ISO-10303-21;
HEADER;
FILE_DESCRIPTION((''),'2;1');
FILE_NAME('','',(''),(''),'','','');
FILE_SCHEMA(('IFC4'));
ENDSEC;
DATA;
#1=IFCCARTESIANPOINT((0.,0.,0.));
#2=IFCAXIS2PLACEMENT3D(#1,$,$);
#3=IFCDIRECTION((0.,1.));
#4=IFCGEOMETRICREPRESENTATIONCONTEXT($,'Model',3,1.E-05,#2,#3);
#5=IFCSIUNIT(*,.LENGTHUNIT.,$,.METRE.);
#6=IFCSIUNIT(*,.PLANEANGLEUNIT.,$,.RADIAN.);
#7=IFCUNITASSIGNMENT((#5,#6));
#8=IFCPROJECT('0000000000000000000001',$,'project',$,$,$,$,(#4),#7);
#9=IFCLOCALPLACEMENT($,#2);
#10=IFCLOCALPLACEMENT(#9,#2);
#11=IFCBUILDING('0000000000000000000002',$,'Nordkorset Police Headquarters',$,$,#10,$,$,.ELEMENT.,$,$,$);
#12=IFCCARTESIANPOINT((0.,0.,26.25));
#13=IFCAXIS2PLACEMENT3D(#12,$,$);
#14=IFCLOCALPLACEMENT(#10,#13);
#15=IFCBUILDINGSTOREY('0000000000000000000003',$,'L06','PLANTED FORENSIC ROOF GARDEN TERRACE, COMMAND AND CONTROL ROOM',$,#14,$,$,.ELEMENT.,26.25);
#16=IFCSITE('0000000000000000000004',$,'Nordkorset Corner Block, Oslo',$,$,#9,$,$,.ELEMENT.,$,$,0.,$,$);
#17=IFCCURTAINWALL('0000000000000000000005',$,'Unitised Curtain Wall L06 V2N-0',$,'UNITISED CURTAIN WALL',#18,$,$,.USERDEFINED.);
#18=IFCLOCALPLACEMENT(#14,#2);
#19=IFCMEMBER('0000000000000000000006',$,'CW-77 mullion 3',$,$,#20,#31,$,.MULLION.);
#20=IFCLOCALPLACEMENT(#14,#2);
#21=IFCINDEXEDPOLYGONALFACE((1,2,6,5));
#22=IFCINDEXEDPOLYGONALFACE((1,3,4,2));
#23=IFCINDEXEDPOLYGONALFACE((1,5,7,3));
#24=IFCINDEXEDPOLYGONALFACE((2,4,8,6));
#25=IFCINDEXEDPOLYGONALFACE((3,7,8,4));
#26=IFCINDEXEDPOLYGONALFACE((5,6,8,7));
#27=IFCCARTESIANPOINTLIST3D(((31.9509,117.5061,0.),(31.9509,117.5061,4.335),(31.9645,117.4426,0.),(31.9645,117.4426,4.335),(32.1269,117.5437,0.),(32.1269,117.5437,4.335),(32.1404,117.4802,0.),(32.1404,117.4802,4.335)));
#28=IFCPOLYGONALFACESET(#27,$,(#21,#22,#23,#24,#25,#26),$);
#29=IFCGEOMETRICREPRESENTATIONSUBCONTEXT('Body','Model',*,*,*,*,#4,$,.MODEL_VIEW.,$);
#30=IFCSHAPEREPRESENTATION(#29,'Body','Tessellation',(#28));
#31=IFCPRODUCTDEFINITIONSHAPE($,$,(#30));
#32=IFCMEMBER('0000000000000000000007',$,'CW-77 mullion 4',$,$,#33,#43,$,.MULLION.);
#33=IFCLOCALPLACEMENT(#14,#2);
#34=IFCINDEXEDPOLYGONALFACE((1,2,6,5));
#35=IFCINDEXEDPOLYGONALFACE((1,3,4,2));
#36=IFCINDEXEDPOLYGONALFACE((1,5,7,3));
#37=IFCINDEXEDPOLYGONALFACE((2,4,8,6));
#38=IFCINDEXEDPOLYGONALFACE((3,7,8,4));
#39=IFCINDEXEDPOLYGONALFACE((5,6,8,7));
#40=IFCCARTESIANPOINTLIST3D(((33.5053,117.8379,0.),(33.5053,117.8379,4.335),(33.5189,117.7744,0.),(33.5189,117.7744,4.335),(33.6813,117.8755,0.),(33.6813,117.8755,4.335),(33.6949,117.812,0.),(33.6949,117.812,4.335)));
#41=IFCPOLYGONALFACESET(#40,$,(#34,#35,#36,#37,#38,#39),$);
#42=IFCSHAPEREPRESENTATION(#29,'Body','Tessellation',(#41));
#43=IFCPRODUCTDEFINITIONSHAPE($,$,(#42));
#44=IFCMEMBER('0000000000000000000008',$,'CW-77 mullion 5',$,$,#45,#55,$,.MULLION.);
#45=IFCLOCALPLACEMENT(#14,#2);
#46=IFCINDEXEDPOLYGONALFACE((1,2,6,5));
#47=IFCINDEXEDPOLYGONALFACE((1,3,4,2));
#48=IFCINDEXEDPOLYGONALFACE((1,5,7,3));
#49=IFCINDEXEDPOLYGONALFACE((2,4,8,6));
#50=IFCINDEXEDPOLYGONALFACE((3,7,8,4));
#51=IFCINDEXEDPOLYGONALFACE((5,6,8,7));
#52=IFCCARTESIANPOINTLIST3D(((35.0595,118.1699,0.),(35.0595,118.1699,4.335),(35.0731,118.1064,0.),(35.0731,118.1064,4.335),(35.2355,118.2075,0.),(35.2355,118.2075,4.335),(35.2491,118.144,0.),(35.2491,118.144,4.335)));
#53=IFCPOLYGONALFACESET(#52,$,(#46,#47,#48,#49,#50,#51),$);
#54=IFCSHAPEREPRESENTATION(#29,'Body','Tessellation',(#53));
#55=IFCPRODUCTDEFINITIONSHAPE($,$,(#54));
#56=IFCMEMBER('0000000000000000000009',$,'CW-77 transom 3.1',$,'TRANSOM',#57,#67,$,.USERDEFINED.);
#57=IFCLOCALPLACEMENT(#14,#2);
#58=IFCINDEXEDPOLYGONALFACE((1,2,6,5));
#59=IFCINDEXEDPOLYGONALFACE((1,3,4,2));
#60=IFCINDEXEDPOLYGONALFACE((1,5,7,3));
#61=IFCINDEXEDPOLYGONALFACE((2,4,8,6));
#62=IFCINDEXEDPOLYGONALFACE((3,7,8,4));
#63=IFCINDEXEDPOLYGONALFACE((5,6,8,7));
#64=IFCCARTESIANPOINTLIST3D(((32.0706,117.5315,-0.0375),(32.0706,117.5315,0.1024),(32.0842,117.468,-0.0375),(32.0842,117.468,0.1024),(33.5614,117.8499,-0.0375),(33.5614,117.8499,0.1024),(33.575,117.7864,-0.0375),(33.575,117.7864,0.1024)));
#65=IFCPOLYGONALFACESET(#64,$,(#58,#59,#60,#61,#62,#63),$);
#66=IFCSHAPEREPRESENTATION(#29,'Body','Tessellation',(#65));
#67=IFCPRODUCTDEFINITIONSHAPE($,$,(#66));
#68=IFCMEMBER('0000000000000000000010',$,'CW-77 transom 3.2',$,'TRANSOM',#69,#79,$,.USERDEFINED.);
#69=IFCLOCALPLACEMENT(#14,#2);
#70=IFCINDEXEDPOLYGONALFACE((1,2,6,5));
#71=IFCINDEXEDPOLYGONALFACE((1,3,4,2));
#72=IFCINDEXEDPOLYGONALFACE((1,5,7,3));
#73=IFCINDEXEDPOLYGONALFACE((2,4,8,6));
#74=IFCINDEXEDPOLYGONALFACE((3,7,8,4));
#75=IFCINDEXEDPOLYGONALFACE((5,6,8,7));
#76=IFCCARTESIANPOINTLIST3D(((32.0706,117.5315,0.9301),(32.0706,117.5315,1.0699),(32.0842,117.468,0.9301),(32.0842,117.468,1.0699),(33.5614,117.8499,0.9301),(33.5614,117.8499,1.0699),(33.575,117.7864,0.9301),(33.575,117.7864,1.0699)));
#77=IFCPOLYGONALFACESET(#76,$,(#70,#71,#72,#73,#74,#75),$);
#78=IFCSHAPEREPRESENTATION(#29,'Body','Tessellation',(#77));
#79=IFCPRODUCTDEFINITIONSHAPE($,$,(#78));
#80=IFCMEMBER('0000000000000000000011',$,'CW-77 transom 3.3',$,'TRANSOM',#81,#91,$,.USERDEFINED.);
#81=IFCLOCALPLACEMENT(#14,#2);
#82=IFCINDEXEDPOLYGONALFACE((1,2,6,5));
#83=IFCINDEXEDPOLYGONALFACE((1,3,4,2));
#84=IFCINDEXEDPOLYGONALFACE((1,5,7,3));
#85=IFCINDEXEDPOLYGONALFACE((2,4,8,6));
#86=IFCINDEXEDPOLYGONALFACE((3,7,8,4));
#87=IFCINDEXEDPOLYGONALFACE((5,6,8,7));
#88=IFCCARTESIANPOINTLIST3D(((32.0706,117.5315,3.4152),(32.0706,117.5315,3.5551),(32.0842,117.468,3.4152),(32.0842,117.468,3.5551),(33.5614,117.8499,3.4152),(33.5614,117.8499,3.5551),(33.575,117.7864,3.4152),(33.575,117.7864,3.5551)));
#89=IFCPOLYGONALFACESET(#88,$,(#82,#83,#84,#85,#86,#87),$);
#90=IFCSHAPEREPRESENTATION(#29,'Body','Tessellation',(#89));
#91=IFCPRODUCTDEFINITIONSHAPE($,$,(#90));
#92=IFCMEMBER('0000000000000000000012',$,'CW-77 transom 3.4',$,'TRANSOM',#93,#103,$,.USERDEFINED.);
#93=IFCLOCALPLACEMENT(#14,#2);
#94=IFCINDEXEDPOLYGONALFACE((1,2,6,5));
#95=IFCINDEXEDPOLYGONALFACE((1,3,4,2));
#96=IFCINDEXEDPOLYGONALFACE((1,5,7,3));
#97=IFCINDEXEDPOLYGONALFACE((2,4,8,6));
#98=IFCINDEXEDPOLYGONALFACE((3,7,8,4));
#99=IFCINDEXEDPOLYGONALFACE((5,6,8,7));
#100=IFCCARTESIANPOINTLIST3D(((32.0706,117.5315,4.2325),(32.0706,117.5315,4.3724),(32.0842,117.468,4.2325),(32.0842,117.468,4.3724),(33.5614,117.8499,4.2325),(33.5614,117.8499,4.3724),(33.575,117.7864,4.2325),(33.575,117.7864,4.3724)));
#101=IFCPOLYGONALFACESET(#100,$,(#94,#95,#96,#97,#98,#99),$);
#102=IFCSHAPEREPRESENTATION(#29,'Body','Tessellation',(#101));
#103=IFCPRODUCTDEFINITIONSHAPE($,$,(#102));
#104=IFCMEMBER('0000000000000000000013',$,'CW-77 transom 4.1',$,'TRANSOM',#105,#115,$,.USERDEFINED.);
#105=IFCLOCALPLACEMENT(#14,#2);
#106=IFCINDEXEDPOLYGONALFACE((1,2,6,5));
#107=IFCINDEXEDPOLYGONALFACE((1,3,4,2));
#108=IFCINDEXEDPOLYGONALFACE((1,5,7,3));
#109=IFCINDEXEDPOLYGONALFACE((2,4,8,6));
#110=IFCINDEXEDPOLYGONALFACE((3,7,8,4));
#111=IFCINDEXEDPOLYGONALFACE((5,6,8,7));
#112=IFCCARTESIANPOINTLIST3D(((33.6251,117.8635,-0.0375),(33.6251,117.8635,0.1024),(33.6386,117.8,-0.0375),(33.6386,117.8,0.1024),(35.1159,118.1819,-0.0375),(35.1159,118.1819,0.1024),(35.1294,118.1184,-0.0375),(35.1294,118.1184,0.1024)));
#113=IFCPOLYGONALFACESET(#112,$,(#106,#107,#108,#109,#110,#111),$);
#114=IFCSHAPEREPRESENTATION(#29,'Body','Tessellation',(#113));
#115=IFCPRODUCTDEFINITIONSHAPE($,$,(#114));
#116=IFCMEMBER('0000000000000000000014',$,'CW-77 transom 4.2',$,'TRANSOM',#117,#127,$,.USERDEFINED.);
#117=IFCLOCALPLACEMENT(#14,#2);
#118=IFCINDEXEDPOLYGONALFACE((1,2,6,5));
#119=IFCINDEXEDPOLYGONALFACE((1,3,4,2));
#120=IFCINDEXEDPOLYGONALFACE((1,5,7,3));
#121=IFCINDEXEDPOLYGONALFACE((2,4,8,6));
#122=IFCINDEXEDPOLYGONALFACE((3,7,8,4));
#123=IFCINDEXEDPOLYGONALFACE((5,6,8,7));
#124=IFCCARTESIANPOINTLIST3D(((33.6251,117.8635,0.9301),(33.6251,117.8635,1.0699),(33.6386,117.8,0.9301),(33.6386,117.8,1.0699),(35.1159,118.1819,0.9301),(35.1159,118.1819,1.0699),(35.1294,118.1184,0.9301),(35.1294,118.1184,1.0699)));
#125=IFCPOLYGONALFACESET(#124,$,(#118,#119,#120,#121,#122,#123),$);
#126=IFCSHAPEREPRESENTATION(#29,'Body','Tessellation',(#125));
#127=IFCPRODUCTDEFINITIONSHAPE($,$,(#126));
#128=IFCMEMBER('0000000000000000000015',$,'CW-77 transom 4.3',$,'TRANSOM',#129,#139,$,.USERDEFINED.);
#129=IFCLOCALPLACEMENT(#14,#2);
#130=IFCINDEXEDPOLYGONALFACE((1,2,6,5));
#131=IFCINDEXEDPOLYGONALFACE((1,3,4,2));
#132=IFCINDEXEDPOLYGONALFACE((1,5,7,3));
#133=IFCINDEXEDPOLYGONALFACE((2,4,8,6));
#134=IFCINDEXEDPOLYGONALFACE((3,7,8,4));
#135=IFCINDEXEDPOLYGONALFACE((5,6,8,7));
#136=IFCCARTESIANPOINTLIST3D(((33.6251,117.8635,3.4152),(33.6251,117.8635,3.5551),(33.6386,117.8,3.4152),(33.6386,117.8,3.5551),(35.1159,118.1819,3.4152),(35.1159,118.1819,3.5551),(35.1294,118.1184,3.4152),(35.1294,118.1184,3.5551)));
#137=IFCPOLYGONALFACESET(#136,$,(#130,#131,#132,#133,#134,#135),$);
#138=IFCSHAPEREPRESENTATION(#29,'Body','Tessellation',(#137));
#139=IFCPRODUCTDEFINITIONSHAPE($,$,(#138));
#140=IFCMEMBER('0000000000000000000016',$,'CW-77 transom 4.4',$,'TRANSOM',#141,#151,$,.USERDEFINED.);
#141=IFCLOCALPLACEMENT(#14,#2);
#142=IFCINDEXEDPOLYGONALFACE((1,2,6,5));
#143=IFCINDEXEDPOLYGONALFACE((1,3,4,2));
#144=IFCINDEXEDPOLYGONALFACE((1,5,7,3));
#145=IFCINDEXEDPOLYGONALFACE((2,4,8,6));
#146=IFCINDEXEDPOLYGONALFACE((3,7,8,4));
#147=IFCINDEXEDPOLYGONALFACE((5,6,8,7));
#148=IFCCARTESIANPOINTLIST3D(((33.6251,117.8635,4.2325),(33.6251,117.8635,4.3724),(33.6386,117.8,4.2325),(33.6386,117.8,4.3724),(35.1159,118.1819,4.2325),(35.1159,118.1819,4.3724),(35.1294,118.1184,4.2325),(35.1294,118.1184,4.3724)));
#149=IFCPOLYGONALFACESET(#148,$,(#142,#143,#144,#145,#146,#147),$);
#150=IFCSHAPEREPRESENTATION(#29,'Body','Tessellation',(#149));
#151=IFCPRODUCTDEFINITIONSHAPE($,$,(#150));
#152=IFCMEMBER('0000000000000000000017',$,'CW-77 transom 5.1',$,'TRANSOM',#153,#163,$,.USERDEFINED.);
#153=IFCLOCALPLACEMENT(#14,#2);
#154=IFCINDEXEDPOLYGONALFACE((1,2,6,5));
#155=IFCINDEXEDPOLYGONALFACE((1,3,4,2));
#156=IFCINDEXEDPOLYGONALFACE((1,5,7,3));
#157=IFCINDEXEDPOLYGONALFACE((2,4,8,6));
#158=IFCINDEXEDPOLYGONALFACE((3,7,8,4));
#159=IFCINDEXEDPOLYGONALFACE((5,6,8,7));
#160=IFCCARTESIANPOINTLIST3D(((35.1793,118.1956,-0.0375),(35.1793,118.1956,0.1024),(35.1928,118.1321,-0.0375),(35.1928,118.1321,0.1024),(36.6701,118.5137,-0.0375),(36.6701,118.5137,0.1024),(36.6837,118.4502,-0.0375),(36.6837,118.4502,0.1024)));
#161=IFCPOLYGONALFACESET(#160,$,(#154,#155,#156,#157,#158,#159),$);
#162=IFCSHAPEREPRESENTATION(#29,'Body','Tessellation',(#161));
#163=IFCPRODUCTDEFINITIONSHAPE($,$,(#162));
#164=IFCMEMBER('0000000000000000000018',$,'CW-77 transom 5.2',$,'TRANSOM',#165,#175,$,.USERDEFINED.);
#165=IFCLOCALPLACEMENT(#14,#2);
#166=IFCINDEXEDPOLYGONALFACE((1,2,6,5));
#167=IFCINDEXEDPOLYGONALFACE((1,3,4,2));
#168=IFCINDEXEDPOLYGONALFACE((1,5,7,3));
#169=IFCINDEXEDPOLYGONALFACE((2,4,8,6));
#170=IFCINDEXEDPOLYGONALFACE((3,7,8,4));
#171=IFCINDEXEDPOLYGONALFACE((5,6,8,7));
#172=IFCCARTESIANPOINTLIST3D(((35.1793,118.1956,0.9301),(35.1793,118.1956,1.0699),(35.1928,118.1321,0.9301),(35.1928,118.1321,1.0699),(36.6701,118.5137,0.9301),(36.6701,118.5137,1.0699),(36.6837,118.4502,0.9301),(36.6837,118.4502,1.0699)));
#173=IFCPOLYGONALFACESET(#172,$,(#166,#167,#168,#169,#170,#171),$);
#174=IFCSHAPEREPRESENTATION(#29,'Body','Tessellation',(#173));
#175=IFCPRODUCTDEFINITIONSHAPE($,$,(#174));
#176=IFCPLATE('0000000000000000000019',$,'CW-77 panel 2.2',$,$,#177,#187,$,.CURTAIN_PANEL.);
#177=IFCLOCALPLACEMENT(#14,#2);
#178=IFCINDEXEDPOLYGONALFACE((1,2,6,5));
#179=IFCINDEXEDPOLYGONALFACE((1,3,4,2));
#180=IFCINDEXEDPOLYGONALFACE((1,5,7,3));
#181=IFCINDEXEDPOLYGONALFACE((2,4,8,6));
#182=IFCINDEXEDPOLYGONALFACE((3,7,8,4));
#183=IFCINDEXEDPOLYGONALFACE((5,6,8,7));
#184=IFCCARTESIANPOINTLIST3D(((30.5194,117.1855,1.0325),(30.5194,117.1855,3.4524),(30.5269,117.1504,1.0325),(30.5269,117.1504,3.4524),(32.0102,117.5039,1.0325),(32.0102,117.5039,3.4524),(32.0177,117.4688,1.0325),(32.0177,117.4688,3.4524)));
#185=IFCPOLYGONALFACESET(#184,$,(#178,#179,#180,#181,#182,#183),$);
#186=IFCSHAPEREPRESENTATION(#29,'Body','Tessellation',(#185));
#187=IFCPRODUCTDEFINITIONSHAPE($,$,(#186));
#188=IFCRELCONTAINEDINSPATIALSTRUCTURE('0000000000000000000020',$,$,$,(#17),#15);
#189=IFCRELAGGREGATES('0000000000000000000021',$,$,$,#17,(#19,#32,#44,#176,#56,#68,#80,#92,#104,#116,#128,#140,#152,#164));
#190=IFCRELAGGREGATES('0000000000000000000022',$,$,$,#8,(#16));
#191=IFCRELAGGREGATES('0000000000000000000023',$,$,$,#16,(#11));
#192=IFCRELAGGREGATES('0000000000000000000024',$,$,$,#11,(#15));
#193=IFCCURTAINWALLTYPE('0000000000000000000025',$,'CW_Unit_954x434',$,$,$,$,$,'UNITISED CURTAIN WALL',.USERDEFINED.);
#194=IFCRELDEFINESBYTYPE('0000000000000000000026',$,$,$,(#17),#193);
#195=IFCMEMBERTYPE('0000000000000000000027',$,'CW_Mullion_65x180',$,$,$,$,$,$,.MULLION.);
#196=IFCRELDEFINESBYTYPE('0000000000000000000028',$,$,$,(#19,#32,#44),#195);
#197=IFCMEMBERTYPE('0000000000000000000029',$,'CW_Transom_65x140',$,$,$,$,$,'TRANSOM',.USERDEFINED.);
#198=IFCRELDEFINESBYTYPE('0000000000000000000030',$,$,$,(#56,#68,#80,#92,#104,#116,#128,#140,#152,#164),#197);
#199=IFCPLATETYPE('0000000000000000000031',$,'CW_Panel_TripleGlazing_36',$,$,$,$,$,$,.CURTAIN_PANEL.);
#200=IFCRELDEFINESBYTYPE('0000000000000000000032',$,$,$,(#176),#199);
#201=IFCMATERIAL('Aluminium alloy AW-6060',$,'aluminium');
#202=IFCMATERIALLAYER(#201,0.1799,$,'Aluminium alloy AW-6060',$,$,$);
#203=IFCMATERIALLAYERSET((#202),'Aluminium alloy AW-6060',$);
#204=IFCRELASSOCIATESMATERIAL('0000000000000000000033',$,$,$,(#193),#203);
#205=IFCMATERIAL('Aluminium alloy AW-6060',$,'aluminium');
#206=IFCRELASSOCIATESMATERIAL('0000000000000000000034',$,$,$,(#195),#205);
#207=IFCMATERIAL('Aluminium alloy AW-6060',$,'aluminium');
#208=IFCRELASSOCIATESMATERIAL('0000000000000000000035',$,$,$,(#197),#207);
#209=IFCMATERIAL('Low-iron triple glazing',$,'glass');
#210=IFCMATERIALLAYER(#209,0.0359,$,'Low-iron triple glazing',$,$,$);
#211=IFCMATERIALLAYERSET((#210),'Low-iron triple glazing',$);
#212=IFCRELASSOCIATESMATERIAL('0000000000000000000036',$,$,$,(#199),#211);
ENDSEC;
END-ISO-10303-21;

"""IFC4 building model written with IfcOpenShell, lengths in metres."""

from ifc_helpers import new_model, si_unit, direction, frame, origin, origin_2d, place, context, subcontext, project, spatial, rectangle, extrude, material, layer, layer_set, material_profile, profile_set, type_object, element, aggregate, save


model = new_model("IFC4")

# Units and contexts
model_context = context("Model", 3, precision=1e-05, world=origin(), true_north=direction((0.0, 1.0)))
body_context = subcontext(model_context, "Body", "Model", "MODEL_VIEW")
ifc_project = project(units=[si_unit("LENGTHUNIT", "METRE"), si_unit("PLANEANGLEUNIT", "RADIAN")], contexts=[model_context])

# Site, building, storey
site_placement = place(None, origin())
site = spatial("IfcSite", under=ifc_project, at=site_placement, Name="Nordkorset Corner Block, Oslo", CompositionType="ELEMENT", RefElevation=0.0)
building_placement = place(site_placement, origin())
building = spatial("IfcBuilding", under=site, at=building_placement, Name="Nordkorset Police Headquarters", CompositionType="ELEMENT")
storey_placement = place(building_placement, frame((0.0, 0.0, 26.25)))
storey = spatial("IfcBuildingStorey", under=building, at=storey_placement, Name="L06", Description="PLANTED FORENSIC ROOF GARDEN TERRACE, COMMAND AND CONTROL ROOM", CompositionType="ELEMENT", Elevation=26.25)

# Curtain wall, members, plate
ifc_material_1 = material(Name="Aluminium alloy AW-6060", Category="aluminium")
ifc_layer_1 = layer(ifc_material_1, 0.1799, Name="Aluminium alloy AW-6060")
ifc_layer_set_1 = layer_set([ifc_layer_1], Name="Aluminium alloy AW-6060")
curtain_wall_type = type_object("IfcCurtainWallType", Name="CW_Unit_954x434", ElementType="UNITISED CURTAIN WALL", PredefinedType="USERDEFINED", material=ifc_layer_set_1)
curtain_wall_placement = place(storey_placement, origin())
curtain_wall = element("IfcCurtainWall", 1, at=curtain_wall_placement, inside=storey, type_object=curtain_wall_type, Name="Unitised Curtain Wall L06 V2N-0", ObjectType="UNITISED CURTAIN WALL", PredefinedType="USERDEFINED")
ifc_material_2 = material(Name="Aluminium alloy AW-6060", Category="aluminium")
ifc_material_profile_1 = material_profile(ifc_material_2, rectangle(XDim=0.0649, YDim=0.1799, at=origin_2d()), Name="ALU MULL 65x180")
ifc_profile_set_1 = profile_set([ifc_material_profile_1], Name="Aluminium alloy AW-6060")
member_type_1 = type_object("IfcMemberType", Name="CW_Mullion_65x180", PredefinedType="MULLION", material=ifc_profile_set_1)
member_1_placement = place(storey_placement, frame((32.0457, 117.4932, 0.0), z_axis=(0.0, 0.0, 1.0), x_axis=(-0.208833, 0.977951, 0.0)))
member_1 = element("IfcMember", 2, at=member_1_placement, type_object=member_type_1, Name="CW-77 mullion 3", PredefinedType="MULLION", context=body_context, shape_type="SweptSolid", body=[
    extrude(rectangle(XDim=0.0649, YDim=0.1799, at=origin_2d()), origin(), (0.0, 0.0, 1.0), 4.335),
])
member_2_placement = place(storey_placement, frame((33.6001, 117.825, 0.0), z_axis=(0.0, 0.0, 1.0), x_axis=(-0.208833, 0.977951, 0.0)))
member_2 = element("IfcMember", 3, at=member_2_placement, type_object=member_type_1, Name="CW-77 mullion 4", PredefinedType="MULLION", context=body_context, shape_type="SweptSolid", body=[
    extrude(rectangle(XDim=0.0649, YDim=0.1799, at=origin_2d()), origin(), (0.0, 0.0, 1.0), 4.335),
])
member_3_placement = place(storey_placement, frame((35.1543, 118.157, 0.0), z_axis=(0.0, 0.0, 1.0), x_axis=(-0.208833, 0.977951, 0.0)))
member_3 = element("IfcMember", 4, at=member_3_placement, type_object=member_type_1, Name="CW-77 mullion 5", PredefinedType="MULLION", context=body_context, shape_type="SweptSolid", body=[
    extrude(rectangle(XDim=0.0649, YDim=0.1799, at=origin_2d()), origin(), (0.0, 0.0, 1.0), 4.335),
])
ifc_material_3 = material(Name="Aluminium alloy AW-6060", Category="aluminium")
ifc_material_profile_2 = material_profile(ifc_material_3, rectangle(XDim=0.0649, YDim=0.1399, at=origin_2d()), Name="ALU TRAN 65x140")
ifc_profile_set_2 = profile_set([ifc_material_profile_2], Name="Aluminium alloy AW-6060")
member_type_2 = type_object("IfcMemberType", Name="CW_Transom_65x140", ElementType="TRANSOM", PredefinedType="USERDEFINED", material=ifc_profile_set_2)
member_4_placement = place(storey_placement, frame((32.0774, 117.4998, 0.0325), z_axis=(0.977947, 0.208851, 0.0), x_axis=(-0.208851, 0.977947, 0.0)))
member_4 = element("IfcMember", 5, at=member_4_placement, type_object=member_type_2, Name="CW-77 transom 3.1", ObjectType="TRANSOM", PredefinedType="USERDEFINED", context=body_context, shape_type="SweptSolid", body=[
    extrude(rectangle(XDim=0.0649, YDim=0.1399, at=origin_2d()), origin(), (0.0, 0.0, 1.0), 1.5244),
])
member_5_placement = place(storey_placement, frame((32.0774, 117.4998, 1.0), z_axis=(0.977947, 0.208851, 0.0), x_axis=(-0.208851, 0.977947, 0.0)))
member_5 = element("IfcMember", 6, at=member_5_placement, type_object=member_type_2, Name="CW-77 transom 3.2", ObjectType="TRANSOM", PredefinedType="USERDEFINED", context=body_context, shape_type="SweptSolid", body=[
    extrude(rectangle(XDim=0.0649, YDim=0.1399, at=origin_2d()), origin(), (0.0, 0.0, 1.0), 1.5244),
])
member_6_placement = place(storey_placement, frame((32.0774, 117.4998, 3.4851), z_axis=(0.977947, 0.208851, 0.0), x_axis=(-0.208851, 0.977947, 0.0)))
member_6 = element("IfcMember", 7, at=member_6_placement, type_object=member_type_2, Name="CW-77 transom 3.3", ObjectType="TRANSOM", PredefinedType="USERDEFINED", context=body_context, shape_type="SweptSolid", body=[
    extrude(rectangle(XDim=0.0649, YDim=0.1399, at=origin_2d()), origin(), (0.0, 0.0, 1.0), 1.5244),
])
member_7_placement = place(storey_placement, frame((32.0774, 117.4998, 4.3025), z_axis=(0.977947, 0.208851, 0.0), x_axis=(-0.208851, 0.977947, 0.0)))
member_7 = element("IfcMember", 8, at=member_7_placement, type_object=member_type_2, Name="CW-77 transom 3.4", ObjectType="TRANSOM", PredefinedType="USERDEFINED", context=body_context, shape_type="SweptSolid", body=[
    extrude(rectangle(XDim=0.0649, YDim=0.1399, at=origin_2d()), origin(), (0.0, 0.0, 1.0), 1.5244),
])
member_8_placement = place(storey_placement, frame((33.6318, 117.8318, 0.0325), z_axis=(0.977947, 0.208851, 0.0), x_axis=(-0.208851, 0.977947, 0.0)))
member_8 = element("IfcMember", 9, at=member_8_placement, type_object=member_type_2, Name="CW-77 transom 4.1", ObjectType="TRANSOM", PredefinedType="USERDEFINED", context=body_context, shape_type="SweptSolid", body=[
    extrude(rectangle(XDim=0.0649, YDim=0.1399, at=origin_2d()), origin(), (0.0, 0.0, 1.0), 1.5244),
])
member_9_placement = place(storey_placement, frame((33.6318, 117.8318, 1.0), z_axis=(0.977947, 0.208851, 0.0), x_axis=(-0.208851, 0.977947, 0.0)))
member_9 = element("IfcMember", 10, at=member_9_placement, type_object=member_type_2, Name="CW-77 transom 4.2", ObjectType="TRANSOM", PredefinedType="USERDEFINED", context=body_context, shape_type="SweptSolid", body=[
    extrude(rectangle(XDim=0.0649, YDim=0.1399, at=origin_2d()), origin(), (0.0, 0.0, 1.0), 1.5244),
])
member_10_placement = place(storey_placement, frame((33.6318, 117.8318, 3.4851), z_axis=(0.977947, 0.208851, 0.0), x_axis=(-0.208851, 0.977947, 0.0)))
member_10 = element("IfcMember", 11, at=member_10_placement, type_object=member_type_2, Name="CW-77 transom 4.3", ObjectType="TRANSOM", PredefinedType="USERDEFINED", context=body_context, shape_type="SweptSolid", body=[
    extrude(rectangle(XDim=0.0649, YDim=0.1399, at=origin_2d()), origin(), (0.0, 0.0, 1.0), 1.5244),
])
member_11_placement = place(storey_placement, frame((33.6318, 117.8318, 4.3025), z_axis=(0.977947, 0.208851, 0.0), x_axis=(-0.208851, 0.977947, 0.0)))
member_11 = element("IfcMember", 12, at=member_11_placement, type_object=member_type_2, Name="CW-77 transom 4.4", ObjectType="TRANSOM", PredefinedType="USERDEFINED", context=body_context, shape_type="SweptSolid", body=[
    extrude(rectangle(XDim=0.0649, YDim=0.1399, at=origin_2d()), origin(), (0.0, 0.0, 1.0), 1.5244),
])
member_12_placement = place(storey_placement, frame((35.186, 118.1638, 0.0325), z_axis=(0.977987, 0.208665, 0.0), x_axis=(-0.208665, 0.977987, 0.0)))
member_12 = element("IfcMember", 13, at=member_12_placement, type_object=member_type_2, Name="CW-77 transom 5.1", ObjectType="TRANSOM", PredefinedType="USERDEFINED", context=body_context, shape_type="SweptSolid", body=[
    extrude(rectangle(XDim=0.0649, YDim=0.1399, at=origin_2d()), origin(), (0.0, 0.0, 1.0), 1.5244),
])
member_13_placement = place(storey_placement, frame((35.186, 118.1638, 1.0), z_axis=(0.977987, 0.208665, 0.0), x_axis=(-0.208665, 0.977987, 0.0)))
member_13 = element("IfcMember", 14, at=member_13_placement, type_object=member_type_2, Name="CW-77 transom 5.2", ObjectType="TRANSOM", PredefinedType="USERDEFINED", context=body_context, shape_type="SweptSolid", body=[
    extrude(rectangle(XDim=0.0649, YDim=0.1399, at=origin_2d()), origin(), (0.0, 0.0, 1.0), 1.5244),
])
ifc_material_4 = material(Name="Low-iron triple glazing", Category="glass")
ifc_layer_2 = layer(ifc_material_4, 0.0359, Name="Low-iron triple glazing")
ifc_layer_set_2 = layer_set([ifc_layer_2], Name="Low-iron triple glazing")
plate_type = type_object("IfcPlateType", Name="CW_Panel_TripleGlazing_36", PredefinedType="CURTAIN_PANEL", material=ifc_layer_set_2)
plate_1_placement = place(storey_placement, frame((31.2686, 117.3271, 1.0325), z_axis=(0.0, 0.0, 1.0), x_axis=(0.977951, 0.208833, 0.0)))
plate_1 = element("IfcPlate", 15, at=plate_1_placement, type_object=plate_type, Name="CW-77 panel 2.2", PredefinedType="CURTAIN_PANEL", context=body_context, shape_type="SweptSolid", body=[
    extrude(rectangle(XDim=1.5244, YDim=0.0359, at=origin_2d()), origin(), (0.0, 0.0, 1.0), 2.4199),
])
aggregate(curtain_wall, [member_1, member_2, member_3, plate_1, member_4, member_5, member_6, member_7, member_8, member_9, member_10, member_11, member_12, member_13])

save(model, "model.ifc")
